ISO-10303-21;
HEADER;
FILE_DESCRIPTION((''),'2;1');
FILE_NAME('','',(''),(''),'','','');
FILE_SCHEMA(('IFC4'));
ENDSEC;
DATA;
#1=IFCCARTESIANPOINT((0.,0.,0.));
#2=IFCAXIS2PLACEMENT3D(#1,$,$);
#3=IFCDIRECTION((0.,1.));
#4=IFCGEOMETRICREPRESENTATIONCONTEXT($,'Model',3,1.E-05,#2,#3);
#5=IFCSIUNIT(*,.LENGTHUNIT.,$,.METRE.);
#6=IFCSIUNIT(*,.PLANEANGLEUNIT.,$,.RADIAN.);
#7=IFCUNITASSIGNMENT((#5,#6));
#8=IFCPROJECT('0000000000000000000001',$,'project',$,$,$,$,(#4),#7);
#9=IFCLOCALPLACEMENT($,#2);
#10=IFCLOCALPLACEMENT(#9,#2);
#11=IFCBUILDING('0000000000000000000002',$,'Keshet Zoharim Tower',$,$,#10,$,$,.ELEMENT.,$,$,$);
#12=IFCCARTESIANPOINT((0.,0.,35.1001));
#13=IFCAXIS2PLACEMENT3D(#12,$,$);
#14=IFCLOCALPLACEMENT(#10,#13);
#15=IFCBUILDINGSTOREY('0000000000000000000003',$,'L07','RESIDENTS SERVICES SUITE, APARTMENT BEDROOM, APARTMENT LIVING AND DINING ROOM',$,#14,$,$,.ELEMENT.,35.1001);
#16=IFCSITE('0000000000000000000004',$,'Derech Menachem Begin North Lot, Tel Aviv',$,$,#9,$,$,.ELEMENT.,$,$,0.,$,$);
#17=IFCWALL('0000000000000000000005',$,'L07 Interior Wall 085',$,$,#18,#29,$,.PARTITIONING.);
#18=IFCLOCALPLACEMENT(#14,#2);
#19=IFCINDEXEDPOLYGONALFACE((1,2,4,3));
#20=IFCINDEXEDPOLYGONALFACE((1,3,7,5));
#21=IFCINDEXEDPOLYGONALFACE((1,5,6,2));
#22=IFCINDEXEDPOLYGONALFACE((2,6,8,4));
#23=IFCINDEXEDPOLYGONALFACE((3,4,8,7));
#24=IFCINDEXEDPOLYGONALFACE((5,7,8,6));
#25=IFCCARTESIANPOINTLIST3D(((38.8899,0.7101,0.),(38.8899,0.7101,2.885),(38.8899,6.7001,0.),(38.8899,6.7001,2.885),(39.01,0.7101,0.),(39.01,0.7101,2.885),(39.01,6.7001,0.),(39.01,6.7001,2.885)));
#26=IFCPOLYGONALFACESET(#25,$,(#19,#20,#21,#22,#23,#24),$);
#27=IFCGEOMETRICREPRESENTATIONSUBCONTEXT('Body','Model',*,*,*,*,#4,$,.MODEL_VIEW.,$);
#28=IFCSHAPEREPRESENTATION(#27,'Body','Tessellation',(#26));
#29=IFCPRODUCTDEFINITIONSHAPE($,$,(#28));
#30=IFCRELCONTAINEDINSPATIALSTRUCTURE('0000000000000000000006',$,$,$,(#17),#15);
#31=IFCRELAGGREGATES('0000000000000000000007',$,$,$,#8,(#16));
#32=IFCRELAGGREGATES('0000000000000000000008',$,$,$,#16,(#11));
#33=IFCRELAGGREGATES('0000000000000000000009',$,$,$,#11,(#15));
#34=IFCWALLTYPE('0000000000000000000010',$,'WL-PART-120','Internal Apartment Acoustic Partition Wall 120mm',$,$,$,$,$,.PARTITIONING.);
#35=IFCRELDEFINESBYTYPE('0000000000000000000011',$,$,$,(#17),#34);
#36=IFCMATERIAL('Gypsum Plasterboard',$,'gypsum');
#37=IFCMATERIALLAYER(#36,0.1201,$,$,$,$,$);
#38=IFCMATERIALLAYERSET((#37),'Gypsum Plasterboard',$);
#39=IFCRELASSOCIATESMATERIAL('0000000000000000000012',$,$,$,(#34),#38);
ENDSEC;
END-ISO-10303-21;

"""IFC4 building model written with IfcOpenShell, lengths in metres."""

from ifc_helpers import new_model, si_unit, direction, frame, frame_2d, origin, place, context, subcontext, project, spatial, rectangle, extrude, material, layer, layer_set, type_object, element, save


model = new_model("IFC4")

# Units and contexts
model_context = context("Model", 3, precision=1e-05, world=origin(), true_north=direction((0.0, 1.0)))
body_context = subcontext(model_context, "Body", "Model", "MODEL_VIEW")
ifc_project = project(units=[si_unit("LENGTHUNIT", "METRE"), si_unit("PLANEANGLEUNIT", "RADIAN")], contexts=[model_context])

# Site, building, storey
site_placement = place(None, origin())
site = spatial("IfcSite", under=ifc_project, at=site_placement, Name="Derech Menachem Begin North Lot, Tel Aviv", CompositionType="ELEMENT", RefElevation=0.0)
building_placement = place(site_placement, origin())
building = spatial("IfcBuilding", under=site, at=building_placement, Name="Keshet Zoharim Tower", CompositionType="ELEMENT")
storey_placement = place(building_placement, frame((0.0, 0.0, 35.1001)))
storey = spatial("IfcBuildingStorey", under=building, at=storey_placement, Name="L07", Description="RESIDENTS SERVICES SUITE, APARTMENT BEDROOM, APARTMENT LIVING AND DINING ROOM", CompositionType="ELEMENT", Elevation=35.1001)

# Wall
ifc_material_1 = material(Name="Gypsum Plasterboard", Category="gypsum")
ifc_layer_1 = layer(ifc_material_1, 0.1201)
ifc_layer_set_1 = layer_set([ifc_layer_1], Name="Gypsum Plasterboard")
wall_type = type_object("IfcWallType", Name="WL-PART-120", Description="Internal Apartment Acoustic Partition Wall 120mm", PredefinedType="PARTITIONING", material=ifc_layer_set_1)
wall_placement = place(storey_placement, frame((38.95, 0.71, 0.0), z_axis=(0.0, 0.0, 1.0), x_axis=(0.0, 1.0, 0.0)))
element("IfcWall", 1, at=wall_placement, inside=storey, type_object=wall_type, Name="L07 Interior Wall 085", PredefinedType="PARTITIONING", context=body_context, shape_type="SweptSolid", body=[
    extrude(rectangle(XDim=5.99, YDim=0.1201, at=frame_2d((2.9951, 0.0))), origin(), (0.0, 0.0, 1.0), 2.885),
])

save(model, "model.ifc")
